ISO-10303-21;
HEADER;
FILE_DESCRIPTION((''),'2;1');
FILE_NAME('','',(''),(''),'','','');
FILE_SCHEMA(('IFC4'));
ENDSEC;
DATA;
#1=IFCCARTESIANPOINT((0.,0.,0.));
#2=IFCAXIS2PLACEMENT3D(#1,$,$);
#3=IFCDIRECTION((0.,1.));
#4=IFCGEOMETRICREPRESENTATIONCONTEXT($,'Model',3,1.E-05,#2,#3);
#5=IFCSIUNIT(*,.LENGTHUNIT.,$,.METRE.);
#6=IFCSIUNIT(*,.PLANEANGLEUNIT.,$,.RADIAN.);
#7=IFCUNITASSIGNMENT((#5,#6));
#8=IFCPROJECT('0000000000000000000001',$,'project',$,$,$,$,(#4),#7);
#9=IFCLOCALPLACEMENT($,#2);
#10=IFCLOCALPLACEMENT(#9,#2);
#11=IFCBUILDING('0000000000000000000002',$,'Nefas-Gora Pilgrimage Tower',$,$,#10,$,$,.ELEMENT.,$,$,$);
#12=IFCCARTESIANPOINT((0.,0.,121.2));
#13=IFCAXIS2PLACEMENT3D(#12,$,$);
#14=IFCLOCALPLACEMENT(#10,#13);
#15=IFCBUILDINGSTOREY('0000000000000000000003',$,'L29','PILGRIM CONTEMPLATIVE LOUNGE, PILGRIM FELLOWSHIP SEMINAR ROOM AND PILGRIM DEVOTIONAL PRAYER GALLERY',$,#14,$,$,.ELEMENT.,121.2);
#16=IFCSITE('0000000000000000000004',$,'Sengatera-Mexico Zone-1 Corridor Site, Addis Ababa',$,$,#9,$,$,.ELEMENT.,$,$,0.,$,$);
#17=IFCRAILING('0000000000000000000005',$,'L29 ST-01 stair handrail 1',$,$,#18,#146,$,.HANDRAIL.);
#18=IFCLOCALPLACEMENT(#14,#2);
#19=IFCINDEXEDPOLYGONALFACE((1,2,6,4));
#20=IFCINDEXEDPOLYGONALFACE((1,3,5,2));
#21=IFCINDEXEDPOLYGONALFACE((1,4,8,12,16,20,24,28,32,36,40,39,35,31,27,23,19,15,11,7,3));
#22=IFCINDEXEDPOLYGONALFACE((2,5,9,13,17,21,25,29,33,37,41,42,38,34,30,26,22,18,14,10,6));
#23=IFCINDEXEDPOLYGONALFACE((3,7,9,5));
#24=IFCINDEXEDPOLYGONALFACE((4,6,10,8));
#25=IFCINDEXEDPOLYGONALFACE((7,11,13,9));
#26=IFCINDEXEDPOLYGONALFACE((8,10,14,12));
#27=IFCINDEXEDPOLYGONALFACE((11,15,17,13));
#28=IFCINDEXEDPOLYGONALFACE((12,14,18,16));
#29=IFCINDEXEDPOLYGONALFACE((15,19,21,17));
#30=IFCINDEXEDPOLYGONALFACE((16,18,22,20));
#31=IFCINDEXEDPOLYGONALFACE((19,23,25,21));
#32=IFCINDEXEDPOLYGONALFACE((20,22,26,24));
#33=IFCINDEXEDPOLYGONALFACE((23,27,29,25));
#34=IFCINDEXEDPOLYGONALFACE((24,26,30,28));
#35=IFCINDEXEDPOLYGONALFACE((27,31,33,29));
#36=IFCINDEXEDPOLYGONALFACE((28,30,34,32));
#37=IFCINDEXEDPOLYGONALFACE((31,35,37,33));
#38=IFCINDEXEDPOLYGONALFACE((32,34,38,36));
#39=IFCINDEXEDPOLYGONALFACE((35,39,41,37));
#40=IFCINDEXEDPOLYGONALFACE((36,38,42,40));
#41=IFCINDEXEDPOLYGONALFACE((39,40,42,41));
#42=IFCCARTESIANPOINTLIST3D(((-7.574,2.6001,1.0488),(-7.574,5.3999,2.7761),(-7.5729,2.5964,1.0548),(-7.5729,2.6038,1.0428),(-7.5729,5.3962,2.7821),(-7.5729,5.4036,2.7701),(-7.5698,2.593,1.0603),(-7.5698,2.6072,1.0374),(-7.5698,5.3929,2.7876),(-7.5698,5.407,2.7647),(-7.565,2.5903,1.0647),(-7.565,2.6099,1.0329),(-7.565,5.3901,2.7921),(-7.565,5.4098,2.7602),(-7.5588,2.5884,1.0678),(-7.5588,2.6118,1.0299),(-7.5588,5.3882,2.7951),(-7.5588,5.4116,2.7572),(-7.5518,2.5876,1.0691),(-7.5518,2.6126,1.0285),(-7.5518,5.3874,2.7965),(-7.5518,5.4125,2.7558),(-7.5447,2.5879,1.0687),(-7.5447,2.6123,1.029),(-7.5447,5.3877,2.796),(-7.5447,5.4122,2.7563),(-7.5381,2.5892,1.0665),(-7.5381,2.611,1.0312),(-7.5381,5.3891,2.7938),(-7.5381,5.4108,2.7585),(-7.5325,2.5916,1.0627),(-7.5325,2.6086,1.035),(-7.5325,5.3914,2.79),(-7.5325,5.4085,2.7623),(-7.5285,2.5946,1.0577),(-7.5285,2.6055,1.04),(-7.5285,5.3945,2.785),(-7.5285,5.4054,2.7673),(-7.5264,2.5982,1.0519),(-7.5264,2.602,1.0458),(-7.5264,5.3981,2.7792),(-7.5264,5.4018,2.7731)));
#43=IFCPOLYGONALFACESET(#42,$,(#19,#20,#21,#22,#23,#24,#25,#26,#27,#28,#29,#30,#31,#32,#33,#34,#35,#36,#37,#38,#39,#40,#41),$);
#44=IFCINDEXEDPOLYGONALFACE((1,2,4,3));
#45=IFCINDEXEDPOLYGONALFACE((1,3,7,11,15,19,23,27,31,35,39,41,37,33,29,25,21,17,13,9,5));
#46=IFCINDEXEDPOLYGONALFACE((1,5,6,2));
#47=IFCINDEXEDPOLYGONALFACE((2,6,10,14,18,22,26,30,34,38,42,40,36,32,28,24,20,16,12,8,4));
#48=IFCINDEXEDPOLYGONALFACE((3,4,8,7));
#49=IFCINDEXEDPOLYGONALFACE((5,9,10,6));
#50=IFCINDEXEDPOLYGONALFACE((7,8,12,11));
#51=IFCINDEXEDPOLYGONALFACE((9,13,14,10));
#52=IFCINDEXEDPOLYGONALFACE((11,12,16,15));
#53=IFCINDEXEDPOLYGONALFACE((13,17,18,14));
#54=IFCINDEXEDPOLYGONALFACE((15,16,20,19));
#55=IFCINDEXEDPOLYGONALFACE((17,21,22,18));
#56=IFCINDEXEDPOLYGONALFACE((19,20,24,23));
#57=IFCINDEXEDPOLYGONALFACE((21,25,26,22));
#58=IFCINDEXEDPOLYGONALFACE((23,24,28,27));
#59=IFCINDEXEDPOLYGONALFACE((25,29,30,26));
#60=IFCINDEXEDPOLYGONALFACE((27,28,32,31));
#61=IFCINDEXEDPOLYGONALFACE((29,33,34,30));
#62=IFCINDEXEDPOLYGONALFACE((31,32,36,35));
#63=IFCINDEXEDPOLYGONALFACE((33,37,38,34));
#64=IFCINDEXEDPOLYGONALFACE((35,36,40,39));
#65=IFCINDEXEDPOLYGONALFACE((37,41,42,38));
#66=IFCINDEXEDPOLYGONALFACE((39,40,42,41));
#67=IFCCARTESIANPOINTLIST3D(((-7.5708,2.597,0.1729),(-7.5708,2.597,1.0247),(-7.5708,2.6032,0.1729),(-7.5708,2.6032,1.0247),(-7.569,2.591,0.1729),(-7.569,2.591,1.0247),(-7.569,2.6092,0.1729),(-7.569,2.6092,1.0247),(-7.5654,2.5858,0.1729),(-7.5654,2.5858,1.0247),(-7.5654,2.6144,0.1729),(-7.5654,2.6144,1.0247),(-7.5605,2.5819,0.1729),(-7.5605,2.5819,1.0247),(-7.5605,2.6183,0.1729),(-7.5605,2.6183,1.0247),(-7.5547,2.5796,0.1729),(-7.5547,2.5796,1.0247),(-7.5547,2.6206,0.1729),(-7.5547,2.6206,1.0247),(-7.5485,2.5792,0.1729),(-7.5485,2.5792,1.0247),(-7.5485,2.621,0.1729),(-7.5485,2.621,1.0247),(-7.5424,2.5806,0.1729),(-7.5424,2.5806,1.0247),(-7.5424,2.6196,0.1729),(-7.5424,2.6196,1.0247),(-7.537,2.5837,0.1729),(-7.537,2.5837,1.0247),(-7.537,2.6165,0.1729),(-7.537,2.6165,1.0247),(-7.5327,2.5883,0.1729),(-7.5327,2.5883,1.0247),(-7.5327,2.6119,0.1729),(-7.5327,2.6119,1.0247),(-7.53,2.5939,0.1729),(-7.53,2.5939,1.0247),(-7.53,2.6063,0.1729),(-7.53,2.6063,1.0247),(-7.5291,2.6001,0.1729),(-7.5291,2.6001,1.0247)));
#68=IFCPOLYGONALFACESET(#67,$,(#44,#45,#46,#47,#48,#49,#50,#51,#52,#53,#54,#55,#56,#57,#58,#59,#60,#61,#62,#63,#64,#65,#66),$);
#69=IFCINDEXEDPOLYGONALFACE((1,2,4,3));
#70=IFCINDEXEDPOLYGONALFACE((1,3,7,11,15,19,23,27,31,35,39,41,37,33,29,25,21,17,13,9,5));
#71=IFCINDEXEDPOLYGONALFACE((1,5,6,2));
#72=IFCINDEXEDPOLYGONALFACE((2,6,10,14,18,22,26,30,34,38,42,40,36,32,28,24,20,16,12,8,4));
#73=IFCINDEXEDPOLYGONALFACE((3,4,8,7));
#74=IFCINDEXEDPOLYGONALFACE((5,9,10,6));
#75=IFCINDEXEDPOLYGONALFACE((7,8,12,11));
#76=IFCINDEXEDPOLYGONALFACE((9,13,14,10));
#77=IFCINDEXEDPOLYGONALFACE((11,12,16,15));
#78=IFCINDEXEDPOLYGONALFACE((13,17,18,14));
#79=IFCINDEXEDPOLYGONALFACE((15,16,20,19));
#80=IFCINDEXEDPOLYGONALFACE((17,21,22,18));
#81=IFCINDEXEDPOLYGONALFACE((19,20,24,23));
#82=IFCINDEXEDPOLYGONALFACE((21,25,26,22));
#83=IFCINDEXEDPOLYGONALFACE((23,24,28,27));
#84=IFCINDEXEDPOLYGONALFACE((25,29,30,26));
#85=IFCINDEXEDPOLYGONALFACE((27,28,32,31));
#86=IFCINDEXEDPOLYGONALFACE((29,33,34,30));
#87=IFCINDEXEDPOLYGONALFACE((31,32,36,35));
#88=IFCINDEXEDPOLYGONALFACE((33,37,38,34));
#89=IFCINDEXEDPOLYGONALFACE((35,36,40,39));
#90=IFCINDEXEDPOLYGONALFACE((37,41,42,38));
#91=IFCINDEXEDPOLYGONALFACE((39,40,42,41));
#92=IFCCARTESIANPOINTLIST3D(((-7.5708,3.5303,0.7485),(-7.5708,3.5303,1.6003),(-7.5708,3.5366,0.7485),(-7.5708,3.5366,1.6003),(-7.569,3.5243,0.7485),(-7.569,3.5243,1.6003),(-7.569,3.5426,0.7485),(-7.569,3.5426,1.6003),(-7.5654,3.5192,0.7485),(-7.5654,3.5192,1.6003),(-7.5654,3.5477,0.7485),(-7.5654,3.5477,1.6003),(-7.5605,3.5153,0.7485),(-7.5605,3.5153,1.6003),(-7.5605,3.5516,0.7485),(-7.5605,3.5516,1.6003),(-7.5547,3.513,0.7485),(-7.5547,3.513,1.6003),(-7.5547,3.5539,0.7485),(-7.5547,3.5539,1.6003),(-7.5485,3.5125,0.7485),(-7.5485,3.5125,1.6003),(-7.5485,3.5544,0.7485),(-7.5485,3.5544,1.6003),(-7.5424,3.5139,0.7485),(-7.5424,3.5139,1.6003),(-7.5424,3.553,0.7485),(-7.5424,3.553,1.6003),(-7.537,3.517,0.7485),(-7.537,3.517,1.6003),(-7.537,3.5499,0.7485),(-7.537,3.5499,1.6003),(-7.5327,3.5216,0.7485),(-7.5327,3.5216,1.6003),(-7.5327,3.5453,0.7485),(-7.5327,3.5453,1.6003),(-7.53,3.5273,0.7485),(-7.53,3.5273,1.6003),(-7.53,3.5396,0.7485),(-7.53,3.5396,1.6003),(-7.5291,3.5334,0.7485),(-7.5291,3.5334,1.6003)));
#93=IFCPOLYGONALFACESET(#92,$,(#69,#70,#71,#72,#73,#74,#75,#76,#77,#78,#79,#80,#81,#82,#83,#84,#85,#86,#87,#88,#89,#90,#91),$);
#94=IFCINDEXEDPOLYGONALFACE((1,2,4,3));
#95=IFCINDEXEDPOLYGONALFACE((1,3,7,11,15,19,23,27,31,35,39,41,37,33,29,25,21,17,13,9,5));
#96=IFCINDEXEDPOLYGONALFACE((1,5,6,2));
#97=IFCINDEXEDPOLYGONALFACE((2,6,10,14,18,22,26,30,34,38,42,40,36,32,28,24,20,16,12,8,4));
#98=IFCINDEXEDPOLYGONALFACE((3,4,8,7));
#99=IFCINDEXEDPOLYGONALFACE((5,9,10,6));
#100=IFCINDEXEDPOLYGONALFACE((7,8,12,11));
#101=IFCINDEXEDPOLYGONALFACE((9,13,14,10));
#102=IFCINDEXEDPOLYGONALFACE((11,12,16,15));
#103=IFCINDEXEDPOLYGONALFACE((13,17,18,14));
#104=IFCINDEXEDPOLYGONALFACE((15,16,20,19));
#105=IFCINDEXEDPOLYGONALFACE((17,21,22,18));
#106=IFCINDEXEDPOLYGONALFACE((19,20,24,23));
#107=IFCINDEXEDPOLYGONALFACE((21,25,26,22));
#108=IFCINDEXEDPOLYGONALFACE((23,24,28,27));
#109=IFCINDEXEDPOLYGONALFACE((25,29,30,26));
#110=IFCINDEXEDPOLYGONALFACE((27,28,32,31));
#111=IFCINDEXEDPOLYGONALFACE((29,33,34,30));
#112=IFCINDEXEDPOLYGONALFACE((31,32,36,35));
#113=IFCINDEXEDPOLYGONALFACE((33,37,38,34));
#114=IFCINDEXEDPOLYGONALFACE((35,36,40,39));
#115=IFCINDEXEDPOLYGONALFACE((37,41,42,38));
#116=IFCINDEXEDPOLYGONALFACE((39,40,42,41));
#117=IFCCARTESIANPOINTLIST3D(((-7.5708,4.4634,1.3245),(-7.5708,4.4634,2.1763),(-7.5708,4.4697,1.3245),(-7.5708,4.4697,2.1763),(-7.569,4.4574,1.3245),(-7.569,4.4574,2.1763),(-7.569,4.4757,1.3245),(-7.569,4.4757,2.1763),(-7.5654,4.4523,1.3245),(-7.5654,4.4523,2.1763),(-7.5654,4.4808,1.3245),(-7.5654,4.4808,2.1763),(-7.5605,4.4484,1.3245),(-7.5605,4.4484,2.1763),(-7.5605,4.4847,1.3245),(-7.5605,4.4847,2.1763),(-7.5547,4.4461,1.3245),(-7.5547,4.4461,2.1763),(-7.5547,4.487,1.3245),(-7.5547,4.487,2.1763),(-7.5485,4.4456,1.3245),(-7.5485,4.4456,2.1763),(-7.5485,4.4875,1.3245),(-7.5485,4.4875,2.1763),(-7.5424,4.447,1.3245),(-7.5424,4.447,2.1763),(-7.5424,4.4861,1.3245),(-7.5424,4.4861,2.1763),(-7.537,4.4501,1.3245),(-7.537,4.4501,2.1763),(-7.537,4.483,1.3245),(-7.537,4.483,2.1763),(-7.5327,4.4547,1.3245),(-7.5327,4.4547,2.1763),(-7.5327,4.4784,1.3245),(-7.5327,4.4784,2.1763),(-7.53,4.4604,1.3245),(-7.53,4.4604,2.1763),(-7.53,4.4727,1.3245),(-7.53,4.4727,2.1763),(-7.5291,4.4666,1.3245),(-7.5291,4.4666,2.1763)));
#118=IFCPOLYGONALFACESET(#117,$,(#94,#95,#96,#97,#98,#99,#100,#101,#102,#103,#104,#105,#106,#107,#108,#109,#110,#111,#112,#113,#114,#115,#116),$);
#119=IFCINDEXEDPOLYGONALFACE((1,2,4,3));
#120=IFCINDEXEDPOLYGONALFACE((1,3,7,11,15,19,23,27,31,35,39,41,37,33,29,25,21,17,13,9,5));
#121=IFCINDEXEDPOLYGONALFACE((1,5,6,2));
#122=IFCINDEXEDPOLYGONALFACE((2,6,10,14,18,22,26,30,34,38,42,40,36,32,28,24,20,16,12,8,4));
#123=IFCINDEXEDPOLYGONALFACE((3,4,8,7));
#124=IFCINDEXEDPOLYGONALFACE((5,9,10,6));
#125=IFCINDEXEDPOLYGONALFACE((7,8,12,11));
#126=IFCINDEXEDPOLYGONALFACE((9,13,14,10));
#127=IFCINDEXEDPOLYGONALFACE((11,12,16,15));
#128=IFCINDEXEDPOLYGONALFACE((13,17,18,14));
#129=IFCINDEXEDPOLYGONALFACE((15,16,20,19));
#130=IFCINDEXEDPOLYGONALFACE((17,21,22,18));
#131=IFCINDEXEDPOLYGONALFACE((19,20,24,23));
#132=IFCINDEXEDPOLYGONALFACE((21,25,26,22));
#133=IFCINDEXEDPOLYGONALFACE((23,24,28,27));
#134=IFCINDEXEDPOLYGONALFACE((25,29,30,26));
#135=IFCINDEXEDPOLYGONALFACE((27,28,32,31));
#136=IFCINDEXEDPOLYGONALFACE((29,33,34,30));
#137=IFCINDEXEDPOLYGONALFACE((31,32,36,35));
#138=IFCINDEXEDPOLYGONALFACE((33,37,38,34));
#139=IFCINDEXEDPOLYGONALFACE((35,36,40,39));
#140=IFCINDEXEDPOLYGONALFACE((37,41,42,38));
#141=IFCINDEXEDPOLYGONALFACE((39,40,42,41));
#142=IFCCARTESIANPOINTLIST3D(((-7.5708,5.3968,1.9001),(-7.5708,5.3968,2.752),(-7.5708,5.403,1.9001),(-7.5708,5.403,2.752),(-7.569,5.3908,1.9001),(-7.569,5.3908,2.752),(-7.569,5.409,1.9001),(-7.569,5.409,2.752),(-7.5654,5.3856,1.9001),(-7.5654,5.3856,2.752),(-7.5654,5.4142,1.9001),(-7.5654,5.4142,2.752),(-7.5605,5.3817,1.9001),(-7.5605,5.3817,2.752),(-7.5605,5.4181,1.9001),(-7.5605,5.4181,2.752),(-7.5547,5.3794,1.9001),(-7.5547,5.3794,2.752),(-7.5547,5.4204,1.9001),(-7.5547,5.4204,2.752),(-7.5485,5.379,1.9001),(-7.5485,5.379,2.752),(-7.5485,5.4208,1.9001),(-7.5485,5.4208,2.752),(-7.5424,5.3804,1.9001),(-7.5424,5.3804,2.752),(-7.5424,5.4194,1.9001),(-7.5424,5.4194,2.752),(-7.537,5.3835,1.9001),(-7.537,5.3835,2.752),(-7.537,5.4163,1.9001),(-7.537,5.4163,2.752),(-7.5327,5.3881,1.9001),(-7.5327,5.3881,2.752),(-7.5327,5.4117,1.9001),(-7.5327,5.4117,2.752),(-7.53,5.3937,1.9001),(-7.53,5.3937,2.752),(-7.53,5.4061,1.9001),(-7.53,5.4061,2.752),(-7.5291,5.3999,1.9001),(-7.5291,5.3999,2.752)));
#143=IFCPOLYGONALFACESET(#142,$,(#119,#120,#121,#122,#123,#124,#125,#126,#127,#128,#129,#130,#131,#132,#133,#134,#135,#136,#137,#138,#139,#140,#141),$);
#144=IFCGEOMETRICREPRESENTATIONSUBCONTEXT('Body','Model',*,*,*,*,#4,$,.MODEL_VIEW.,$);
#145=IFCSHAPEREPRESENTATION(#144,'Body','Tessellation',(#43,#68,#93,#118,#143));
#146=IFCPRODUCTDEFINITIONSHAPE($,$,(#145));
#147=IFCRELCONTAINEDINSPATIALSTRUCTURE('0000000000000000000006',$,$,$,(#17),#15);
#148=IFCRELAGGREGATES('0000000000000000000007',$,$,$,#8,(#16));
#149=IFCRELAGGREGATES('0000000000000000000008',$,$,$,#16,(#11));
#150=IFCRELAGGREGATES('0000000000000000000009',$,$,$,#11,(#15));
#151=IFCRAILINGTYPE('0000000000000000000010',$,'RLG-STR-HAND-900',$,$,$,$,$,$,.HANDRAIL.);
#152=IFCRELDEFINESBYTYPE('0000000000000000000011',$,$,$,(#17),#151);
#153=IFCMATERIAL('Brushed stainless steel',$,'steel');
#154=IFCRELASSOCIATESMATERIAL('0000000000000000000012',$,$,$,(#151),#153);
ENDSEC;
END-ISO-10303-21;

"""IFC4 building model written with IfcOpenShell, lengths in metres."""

from ifc_helpers import new_model, si_unit, direction, frame, origin, origin_2d, place, context, subcontext, project, spatial, circle, extrude, material, type_object, element, save


model = new_model("IFC4")

# Units and contexts
model_context = context("Model", 3, precision=1e-05, world=origin(), true_north=direction((0.0, 1.0)))
body_context = subcontext(model_context, "Body", "Model", "MODEL_VIEW")
ifc_project = project(units=[si_unit("LENGTHUNIT", "METRE"), si_unit("PLANEANGLEUNIT", "RADIAN")], contexts=[model_context])

# Site, building, storey
site_placement = place(None, origin())
site = spatial("IfcSite", under=ifc_project, at=site_placement, Name="Sengatera-Mexico Zone-1 Corridor Site, Addis Ababa", CompositionType="ELEMENT", RefElevation=0.0)
building_placement = place(site_placement, origin())
building = spatial("IfcBuilding", under=site, at=building_placement, Name="Nefas-Gora Pilgrimage Tower", CompositionType="ELEMENT")
storey_placement = place(building_placement, frame((0.0, 0.0, 121.2)))
storey = spatial("IfcBuildingStorey", under=building, at=storey_placement, Name="L29", Description="PILGRIM CONTEMPLATIVE LOUNGE, PILGRIM FELLOWSHIP SEMINAR ROOM AND PILGRIM DEVOTIONAL PRAYER GALLERY", CompositionType="ELEMENT", Elevation=121.2)

# Railing
ifc_material_1 = material(Name="Brushed stainless steel", Category="steel")
railing_type_1 = type_object("IfcRailingType", Name="RLG-STR-HAND-900", PredefinedType="HANDRAIL", material=ifc_material_1)
railing_1_placement = place(storey_placement, frame((-7.55, 2.6001, 0.1729)))
element("IfcRailing", 1, at=railing_1_placement, inside=storey, type_object=railing_type_1, Name="L29 ST-01 stair handrail 1", PredefinedType="HANDRAIL", context=body_context, shape_type="SweptSolid", body=[
    extrude(circle(Radius=0.0239, at=origin_2d()), frame((0.0, 0.0, 0.876), z_axis=(0.0, 0.851069, 0.525054), x_axis=(-1.0, 0.0, 0.0)), (0.0, 0.0, 1.0), 3.2898),
    extrude(circle(Radius=0.021, at=origin_2d()), origin(), (0.0, 0.0, 1.0), 0.8518),
    extrude(circle(Radius=0.021, at=origin_2d()), frame((0.0, 0.9333, 0.5757)), (0.0, 0.0, 1.0), 0.8518),
    extrude(circle(Radius=0.021, at=origin_2d()), frame((0.0, 1.8665, 1.1516)), (0.0, 0.0, 1.0), 0.8518),
    extrude(circle(Radius=0.021, at=origin_2d()), frame((0.0, 2.7998, 1.7273)), (0.0, 0.0, 1.0), 0.8518),
])

save(model, "model.ifc")
